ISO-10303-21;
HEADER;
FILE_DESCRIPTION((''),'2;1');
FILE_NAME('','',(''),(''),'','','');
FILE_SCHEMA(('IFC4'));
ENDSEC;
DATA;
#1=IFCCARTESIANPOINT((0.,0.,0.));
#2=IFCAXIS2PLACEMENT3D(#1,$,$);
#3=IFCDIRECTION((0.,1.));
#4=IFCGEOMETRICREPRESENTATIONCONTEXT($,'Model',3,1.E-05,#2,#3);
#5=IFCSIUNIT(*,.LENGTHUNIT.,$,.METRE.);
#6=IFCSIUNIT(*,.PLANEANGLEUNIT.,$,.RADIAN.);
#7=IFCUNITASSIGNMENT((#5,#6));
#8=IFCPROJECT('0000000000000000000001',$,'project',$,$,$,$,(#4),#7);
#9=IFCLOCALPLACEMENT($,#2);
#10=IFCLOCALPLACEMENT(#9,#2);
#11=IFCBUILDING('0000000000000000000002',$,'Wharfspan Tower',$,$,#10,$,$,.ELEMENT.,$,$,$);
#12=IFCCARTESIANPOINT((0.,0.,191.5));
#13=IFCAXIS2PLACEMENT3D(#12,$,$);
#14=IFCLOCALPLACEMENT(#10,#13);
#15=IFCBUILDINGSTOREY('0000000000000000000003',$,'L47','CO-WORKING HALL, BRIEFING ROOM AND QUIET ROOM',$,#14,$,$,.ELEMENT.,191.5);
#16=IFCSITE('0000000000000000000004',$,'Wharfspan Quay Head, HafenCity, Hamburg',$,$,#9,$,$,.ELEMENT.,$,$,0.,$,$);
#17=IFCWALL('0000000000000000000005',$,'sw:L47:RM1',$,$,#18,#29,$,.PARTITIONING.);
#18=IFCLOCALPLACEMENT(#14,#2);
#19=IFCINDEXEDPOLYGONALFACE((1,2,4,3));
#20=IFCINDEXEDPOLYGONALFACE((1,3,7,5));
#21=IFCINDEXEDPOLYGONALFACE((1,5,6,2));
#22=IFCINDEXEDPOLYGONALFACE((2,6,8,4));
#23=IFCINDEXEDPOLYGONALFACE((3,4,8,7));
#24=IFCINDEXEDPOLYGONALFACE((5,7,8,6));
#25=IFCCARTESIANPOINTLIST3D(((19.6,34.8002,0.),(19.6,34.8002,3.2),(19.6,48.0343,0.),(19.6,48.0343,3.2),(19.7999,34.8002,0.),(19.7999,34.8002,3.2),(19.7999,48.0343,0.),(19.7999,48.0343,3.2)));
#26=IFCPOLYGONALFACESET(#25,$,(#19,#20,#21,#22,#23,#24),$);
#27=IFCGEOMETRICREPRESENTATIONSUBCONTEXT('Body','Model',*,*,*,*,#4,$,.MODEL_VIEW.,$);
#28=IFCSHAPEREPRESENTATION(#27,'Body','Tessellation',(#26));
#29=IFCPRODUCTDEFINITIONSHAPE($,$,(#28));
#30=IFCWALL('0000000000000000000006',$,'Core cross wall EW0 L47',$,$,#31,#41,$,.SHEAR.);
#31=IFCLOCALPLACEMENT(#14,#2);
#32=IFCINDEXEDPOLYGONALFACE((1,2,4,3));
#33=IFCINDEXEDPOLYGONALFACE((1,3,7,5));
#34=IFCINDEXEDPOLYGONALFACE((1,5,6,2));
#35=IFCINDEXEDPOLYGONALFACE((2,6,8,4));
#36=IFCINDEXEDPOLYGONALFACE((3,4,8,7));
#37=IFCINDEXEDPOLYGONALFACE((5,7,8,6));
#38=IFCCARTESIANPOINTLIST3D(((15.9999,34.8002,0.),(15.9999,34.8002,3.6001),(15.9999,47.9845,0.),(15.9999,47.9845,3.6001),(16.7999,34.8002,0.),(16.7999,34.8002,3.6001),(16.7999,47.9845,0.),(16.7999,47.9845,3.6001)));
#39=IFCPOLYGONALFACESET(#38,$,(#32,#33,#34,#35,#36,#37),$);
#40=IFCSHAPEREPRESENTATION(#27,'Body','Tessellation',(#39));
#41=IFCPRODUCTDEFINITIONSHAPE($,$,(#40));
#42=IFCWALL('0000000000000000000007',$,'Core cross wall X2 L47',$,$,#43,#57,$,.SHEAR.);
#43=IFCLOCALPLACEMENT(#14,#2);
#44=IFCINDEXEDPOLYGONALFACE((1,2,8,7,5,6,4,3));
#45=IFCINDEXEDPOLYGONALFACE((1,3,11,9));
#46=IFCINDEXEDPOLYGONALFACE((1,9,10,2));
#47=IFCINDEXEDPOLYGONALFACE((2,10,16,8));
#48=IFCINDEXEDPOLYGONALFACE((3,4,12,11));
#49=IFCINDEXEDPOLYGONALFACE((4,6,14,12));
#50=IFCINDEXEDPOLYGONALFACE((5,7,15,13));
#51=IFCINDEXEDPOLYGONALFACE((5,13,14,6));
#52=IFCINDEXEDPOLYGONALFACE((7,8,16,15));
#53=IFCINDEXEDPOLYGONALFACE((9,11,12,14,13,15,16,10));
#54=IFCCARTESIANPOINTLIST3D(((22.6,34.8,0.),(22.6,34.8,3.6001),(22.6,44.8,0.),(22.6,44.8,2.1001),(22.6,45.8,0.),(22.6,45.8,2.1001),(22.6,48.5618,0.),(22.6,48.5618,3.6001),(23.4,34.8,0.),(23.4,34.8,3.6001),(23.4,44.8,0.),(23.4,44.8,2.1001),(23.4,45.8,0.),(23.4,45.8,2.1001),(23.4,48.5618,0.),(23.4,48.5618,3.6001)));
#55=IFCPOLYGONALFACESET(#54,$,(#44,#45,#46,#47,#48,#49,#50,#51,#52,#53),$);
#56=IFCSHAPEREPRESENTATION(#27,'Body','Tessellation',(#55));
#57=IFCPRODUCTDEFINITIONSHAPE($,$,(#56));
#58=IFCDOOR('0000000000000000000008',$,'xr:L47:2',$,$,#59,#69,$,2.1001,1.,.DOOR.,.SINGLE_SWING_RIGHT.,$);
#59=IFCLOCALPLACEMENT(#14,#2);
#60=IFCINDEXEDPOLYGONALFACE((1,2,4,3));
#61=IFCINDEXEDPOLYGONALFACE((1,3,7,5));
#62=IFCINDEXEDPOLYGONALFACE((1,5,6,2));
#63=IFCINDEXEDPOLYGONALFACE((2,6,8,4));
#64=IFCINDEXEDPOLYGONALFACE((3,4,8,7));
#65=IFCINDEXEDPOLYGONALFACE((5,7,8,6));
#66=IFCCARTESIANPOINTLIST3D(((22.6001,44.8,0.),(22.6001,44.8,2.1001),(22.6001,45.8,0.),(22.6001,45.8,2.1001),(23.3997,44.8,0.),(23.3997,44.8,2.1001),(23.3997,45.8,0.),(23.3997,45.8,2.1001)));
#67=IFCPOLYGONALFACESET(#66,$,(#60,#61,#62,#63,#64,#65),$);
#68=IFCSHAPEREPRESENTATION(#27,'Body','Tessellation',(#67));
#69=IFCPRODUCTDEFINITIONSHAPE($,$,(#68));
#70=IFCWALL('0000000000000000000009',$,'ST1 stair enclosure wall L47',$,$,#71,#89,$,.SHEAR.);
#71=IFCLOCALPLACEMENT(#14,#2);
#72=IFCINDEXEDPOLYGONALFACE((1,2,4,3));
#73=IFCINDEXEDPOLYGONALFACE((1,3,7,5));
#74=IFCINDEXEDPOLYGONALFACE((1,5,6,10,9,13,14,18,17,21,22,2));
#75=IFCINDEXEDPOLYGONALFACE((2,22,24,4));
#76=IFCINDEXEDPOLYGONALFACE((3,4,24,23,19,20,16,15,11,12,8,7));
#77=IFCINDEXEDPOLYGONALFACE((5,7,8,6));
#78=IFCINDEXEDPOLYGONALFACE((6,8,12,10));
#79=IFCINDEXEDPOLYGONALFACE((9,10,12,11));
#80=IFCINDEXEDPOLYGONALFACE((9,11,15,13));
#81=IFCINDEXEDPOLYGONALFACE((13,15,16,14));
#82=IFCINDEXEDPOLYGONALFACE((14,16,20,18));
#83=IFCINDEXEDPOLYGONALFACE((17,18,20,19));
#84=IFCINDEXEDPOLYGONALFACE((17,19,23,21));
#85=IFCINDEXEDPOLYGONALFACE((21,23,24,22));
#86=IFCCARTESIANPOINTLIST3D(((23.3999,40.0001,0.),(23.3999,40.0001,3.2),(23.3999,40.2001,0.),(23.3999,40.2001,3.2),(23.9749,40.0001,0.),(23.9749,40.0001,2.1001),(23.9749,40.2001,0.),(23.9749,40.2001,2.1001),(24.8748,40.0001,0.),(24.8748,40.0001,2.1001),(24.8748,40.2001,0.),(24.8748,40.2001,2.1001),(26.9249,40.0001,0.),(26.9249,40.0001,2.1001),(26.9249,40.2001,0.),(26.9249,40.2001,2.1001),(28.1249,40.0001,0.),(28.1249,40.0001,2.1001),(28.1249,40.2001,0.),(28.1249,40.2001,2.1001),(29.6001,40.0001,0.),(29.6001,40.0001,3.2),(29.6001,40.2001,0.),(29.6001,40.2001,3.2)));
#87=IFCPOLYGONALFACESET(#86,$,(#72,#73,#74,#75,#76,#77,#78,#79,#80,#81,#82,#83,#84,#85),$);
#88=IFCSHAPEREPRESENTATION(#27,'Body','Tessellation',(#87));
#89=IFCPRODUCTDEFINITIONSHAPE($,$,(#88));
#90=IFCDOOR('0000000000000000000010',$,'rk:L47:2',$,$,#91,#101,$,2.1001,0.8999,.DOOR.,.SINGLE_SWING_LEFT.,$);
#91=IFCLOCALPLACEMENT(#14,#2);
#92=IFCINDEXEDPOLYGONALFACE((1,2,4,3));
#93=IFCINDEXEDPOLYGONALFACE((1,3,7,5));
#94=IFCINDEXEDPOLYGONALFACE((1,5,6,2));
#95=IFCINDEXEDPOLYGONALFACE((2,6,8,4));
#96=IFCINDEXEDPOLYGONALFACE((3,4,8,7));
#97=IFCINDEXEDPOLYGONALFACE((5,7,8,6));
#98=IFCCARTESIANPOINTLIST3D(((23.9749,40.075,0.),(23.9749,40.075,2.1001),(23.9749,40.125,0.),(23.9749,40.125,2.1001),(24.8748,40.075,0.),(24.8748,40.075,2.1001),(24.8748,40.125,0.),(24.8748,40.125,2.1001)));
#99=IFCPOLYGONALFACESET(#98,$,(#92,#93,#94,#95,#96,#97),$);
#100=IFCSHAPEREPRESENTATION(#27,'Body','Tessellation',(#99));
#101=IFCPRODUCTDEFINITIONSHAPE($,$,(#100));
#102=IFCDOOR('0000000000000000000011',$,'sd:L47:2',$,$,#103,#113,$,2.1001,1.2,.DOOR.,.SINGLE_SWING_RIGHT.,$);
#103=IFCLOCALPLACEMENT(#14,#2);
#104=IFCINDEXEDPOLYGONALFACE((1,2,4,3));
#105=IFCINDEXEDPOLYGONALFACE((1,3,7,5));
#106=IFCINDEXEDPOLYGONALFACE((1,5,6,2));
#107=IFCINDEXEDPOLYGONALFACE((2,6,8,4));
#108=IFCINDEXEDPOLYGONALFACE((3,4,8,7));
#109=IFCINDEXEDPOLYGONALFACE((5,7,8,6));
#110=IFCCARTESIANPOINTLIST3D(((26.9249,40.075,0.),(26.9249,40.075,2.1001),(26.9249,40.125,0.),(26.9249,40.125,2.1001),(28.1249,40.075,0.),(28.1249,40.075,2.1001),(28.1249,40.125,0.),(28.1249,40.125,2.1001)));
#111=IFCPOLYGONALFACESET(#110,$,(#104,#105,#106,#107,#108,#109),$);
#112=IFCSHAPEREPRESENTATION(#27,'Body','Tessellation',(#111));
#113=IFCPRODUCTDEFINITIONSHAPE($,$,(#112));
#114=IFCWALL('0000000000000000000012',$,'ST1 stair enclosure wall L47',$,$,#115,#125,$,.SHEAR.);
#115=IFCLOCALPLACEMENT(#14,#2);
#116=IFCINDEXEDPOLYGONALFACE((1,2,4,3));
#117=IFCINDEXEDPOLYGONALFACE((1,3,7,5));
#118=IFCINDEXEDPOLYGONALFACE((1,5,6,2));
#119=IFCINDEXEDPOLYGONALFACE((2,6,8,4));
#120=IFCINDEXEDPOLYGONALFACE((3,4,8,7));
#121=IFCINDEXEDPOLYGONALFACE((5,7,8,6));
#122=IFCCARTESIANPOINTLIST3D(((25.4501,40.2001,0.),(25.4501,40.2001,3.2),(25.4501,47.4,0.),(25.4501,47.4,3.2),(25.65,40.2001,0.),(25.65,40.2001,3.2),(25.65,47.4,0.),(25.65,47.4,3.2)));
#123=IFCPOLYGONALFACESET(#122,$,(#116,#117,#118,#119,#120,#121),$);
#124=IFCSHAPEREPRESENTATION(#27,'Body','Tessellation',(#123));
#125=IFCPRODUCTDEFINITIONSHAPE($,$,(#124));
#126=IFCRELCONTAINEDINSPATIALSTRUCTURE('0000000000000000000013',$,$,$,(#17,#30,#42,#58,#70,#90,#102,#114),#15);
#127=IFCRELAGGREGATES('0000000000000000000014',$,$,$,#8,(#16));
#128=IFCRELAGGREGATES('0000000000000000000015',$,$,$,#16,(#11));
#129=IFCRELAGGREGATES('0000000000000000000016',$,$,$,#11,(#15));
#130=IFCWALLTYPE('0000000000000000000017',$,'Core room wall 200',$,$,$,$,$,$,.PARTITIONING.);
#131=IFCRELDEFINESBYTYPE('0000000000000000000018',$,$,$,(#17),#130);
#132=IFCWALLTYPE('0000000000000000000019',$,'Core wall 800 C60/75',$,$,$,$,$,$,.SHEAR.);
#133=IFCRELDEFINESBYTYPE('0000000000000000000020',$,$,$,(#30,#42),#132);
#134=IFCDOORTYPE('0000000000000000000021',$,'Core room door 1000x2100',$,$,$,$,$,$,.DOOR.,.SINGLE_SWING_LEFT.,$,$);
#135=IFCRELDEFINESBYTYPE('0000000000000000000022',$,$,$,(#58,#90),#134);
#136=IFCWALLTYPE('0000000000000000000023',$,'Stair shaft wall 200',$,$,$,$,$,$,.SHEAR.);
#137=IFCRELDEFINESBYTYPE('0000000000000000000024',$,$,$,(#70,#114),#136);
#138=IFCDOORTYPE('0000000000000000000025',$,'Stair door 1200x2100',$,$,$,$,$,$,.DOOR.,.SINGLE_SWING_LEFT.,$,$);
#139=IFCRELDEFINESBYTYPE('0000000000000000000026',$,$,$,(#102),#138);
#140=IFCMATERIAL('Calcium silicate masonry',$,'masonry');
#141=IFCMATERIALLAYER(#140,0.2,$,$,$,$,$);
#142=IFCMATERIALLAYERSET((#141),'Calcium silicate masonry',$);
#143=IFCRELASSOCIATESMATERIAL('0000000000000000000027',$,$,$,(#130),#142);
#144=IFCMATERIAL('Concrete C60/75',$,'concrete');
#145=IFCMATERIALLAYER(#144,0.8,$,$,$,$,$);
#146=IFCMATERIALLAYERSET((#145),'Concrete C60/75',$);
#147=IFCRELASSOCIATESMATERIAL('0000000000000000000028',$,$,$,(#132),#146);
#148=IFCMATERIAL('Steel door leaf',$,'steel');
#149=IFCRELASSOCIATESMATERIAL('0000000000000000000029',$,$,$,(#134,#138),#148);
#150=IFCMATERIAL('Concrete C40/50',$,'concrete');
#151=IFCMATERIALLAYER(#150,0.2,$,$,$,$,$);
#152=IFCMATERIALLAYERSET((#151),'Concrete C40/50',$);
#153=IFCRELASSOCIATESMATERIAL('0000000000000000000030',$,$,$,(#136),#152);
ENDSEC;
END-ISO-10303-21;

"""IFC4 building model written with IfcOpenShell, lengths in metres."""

from ifc_helpers import new_model, si_unit, direction, frame, frame_2d, origin, place, context, subcontext, project, spatial, rectangle, extrude, material, layer, layer_set, type_object, element, fill, save


model = new_model("IFC4")

# Units and contexts
model_context = context("Model", 3, precision=1e-05, world=origin(), true_north=direction((0.0, 1.0)))
body_context = subcontext(model_context, "Body", "Model", "MODEL_VIEW")
ifc_project = project(units=[si_unit("LENGTHUNIT", "METRE"), si_unit("PLANEANGLEUNIT", "RADIAN")], contexts=[model_context])

# Site, building, storey
site_placement = place(None, origin())
site = spatial("IfcSite", under=ifc_project, at=site_placement, Name="Wharfspan Quay Head, HafenCity, Hamburg", CompositionType="ELEMENT", RefElevation=0.0)
building_placement = place(site_placement, origin())
building = spatial("IfcBuilding", under=site, at=building_placement, Name="Wharfspan Tower", CompositionType="ELEMENT")
storey_placement = place(building_placement, frame((0.0, 0.0, 191.5)))
storey = spatial("IfcBuildingStorey", under=building, at=storey_placement, Name="L47", Description="CO-WORKING HALL, BRIEFING ROOM AND QUIET ROOM", CompositionType="ELEMENT", Elevation=191.5)

# Wall
ifc_material_1 = material(Name="Calcium silicate masonry", Category="masonry")
ifc_layer_1 = layer(ifc_material_1, 0.2)
ifc_layer_set_1 = layer_set([ifc_layer_1], Name="Calcium silicate masonry")
wall_type_1 = type_object("IfcWallType", Name="Core room wall 200", PredefinedType="PARTITIONING", material=ifc_layer_set_1)
wall_1_placement = place(storey_placement, frame((19.7, 34.8, 0.0), z_axis=(0.0, 0.0, 1.0), x_axis=(0.0, 1.0, 0.0)))
element("IfcWall", 1, at=wall_1_placement, inside=storey, type_object=wall_type_1, Name="sw:L47:RM1", PredefinedType="PARTITIONING", context=body_context, shape_type="SweptSolid", body=[
    extrude(rectangle(XDim=13.2341, YDim=0.2, at=frame_2d((6.6172, 0.0))), origin(), (0.0, 0.0, 1.0), 3.2),
])

# Shared definitions
ifc_material_2 = material(Name="Concrete C60/75", Category="concrete")
ifc_layer_2 = layer(ifc_material_2, 0.8)
ifc_layer_set_2 = layer_set([ifc_layer_2], Name="Concrete C60/75")
wall_type_2 = type_object("IfcWallType", Name="Core wall 800 C60/75", PredefinedType="SHEAR", material=ifc_layer_set_2)
ifc_material_3 = material(Name="Steel door leaf", Category="steel")
door_type_1 = type_object("IfcDoorType", Name="Core room door 1000x2100", OperationType="SINGLE_SWING_LEFT", PredefinedType="DOOR", material=ifc_material_3)
door_type_2 = type_object("IfcDoorType", Name="Stair door 1200x2100", OperationType="SINGLE_SWING_LEFT", PredefinedType="DOOR", material=ifc_material_3)

# Wall
wall_2_placement = place(storey_placement, frame((16.3999, 34.8, 0.0), z_axis=(0.0, 0.0, 1.0), x_axis=(0.0, 1.0, 0.0)))
element("IfcWall", 2, at=wall_2_placement, inside=storey, type_object=wall_type_2, Name="Core cross wall EW0 L47", PredefinedType="SHEAR", context=body_context, shape_type="SweptSolid", body=[
    extrude(rectangle(XDim=13.1843, YDim=0.8, at=frame_2d((6.5923, 0.0))), origin(), (0.0, 0.0, 1.0), 3.6001),
])

# Wall, opening, door
wall_3_placement = place(storey_placement, frame((23.0, 34.8, 0.0), z_axis=(0.0, 0.0, 1.0), x_axis=(0.0, 1.0, 0.0)))
wall_3 = element("IfcWall", 3, at=wall_3_placement, inside=storey, type_object=wall_type_2, Name="Core cross wall X2 L47", PredefinedType="SHEAR", context=body_context, shape_type="SweptSolid", body=[
    extrude(rectangle(XDim=13.7617, YDim=0.8, at=frame_2d((6.8809, 0.0))), origin(), (0.0, 0.0, 1.0), 3.6001),
])
opening_1_placement = place(wall_3_placement, frame((10.0, 0.0, 0.0)))
opening_1 = element("IfcOpeningElement", 4, at=opening_1_placement, cuts=wall_3, PredefinedType="OPENING", context=body_context, shape_type="SweptSolid", body=[
    extrude(rectangle(XDim=1.0, YDim=2.1001, at=frame_2d((0.5, 1.05))), frame((0.0, 0.4099, 0.0), z_axis=(0.0, -1.0, 0.0), x_axis=(1.0, 0.0, 0.0)), (0.0, 0.0, 1.0), 0.8201),
])
door_1_placement = place(opening_1_placement, origin())
door_1 = element("IfcDoor", 5, at=door_1_placement, inside=storey, type_object=door_type_1, Name="xr:L47:2", OperationType="SINGLE_SWING_RIGHT", OverallHeight=2.1001, OverallWidth=1.0, PredefinedType="DOOR", context=body_context, shape_type="SweptSolid", body=[
    extrude(rectangle(XDim=1.0, YDim=2.1001, at=frame_2d((0.5, 1.05))), frame((0.0, 0.3999, 0.0), z_axis=(0.0, -1.0, 0.0), x_axis=(1.0, 0.0, 0.0)), (0.0, 0.0, 1.0), 0.7996),
])
fill(opening_1, door_1)

# Wall, openings, doors
ifc_material_4 = material(Name="Concrete C40/50", Category="concrete")
ifc_layer_3 = layer(ifc_material_4, 0.2)
ifc_layer_set_3 = layer_set([ifc_layer_3], Name="Concrete C40/50")
wall_type_3 = type_object("IfcWallType", Name="Stair shaft wall 200", PredefinedType="SHEAR", material=ifc_layer_set_3)
wall_4_placement = place(storey_placement, frame((23.3999, 40.1001, 0.0), z_axis=(0.0, 0.0, 1.0), x_axis=(1.0, 0.0, 0.0)))
wall_4 = element("IfcWall", 6, at=wall_4_placement, inside=storey, type_object=wall_type_3, Name="ST1 stair enclosure wall L47", PredefinedType="SHEAR", context=body_context, shape_type="SweptSolid", body=[
    extrude(rectangle(XDim=6.2002, YDim=0.2, at=frame_2d((3.1001, 0.0))), origin(), (0.0, 0.0, 1.0), 3.2),
])
opening_2_placement = place(wall_4_placement, frame((3.5249, 0.0, 0.0)))
opening_2 = element("IfcOpeningElement", 7, at=opening_2_placement, cuts=wall_4, PredefinedType="OPENING", context=body_context, shape_type="SweptSolid", body=[
    extrude(rectangle(XDim=1.2, YDim=2.1001, at=frame_2d((0.6001, 1.05))), frame((0.0, 0.1099, 0.0), z_axis=(0.0, -1.0, 0.0), x_axis=(1.0, 0.0, 0.0)), (0.0, 0.0, 1.0), 0.22),
])
opening_3_placement = place(wall_4_placement, frame((0.575, 0.0, 0.0)))
opening_3 = element("IfcOpeningElement", 8, at=opening_3_placement, cuts=wall_4, PredefinedType="OPENING", context=body_context, shape_type="SweptSolid", body=[
    extrude(rectangle(XDim=0.8999, YDim=2.1001, at=frame_2d((0.45, 1.05))), frame((0.0, 0.1099, 0.0), z_axis=(0.0, -1.0, 0.0), x_axis=(1.0, 0.0, 0.0)), (0.0, 0.0, 1.0), 0.22),
])
door_2_placement = place(opening_3_placement, origin())
door_2 = element("IfcDoor", 9, at=door_2_placement, inside=storey, type_object=door_type_1, Name="rk:L47:2", OperationType="SINGLE_SWING_LEFT", OverallHeight=2.1001, OverallWidth=0.8999, PredefinedType="DOOR", context=body_context, shape_type="SweptSolid", body=[
    extrude(rectangle(XDim=0.8999, YDim=2.1001, at=frame_2d((0.45, 1.05))), frame((0.0, 0.0249, 0.0), z_axis=(0.0, -1.0, 0.0), x_axis=(1.0, 0.0, 0.0)), (0.0, 0.0, 1.0), 0.05),
])
fill(opening_3, door_2)
door_3_placement = place(opening_2_placement, origin())
door_3 = element("IfcDoor", 10, at=door_3_placement, inside=storey, type_object=door_type_2, Name="sd:L47:2", OperationType="SINGLE_SWING_RIGHT", OverallHeight=2.1001, OverallWidth=1.2, PredefinedType="DOOR", context=body_context, shape_type="SweptSolid", body=[
    extrude(rectangle(XDim=1.2, YDim=2.1001, at=frame_2d((0.6001, 1.05))), frame((0.0, 0.0249, 0.0), z_axis=(0.0, -1.0, 0.0), x_axis=(1.0, 0.0, 0.0)), (0.0, 0.0, 1.0), 0.05),
])
fill(opening_2, door_3)

# Wall
wall_5_placement = place(storey_placement, frame((25.55, 40.2, 0.0), z_axis=(0.0, 0.0, 1.0), x_axis=(0.0, 1.0, 0.0)))
element("IfcWall", 11, at=wall_5_placement, inside=storey, type_object=wall_type_3, Name="ST1 stair enclosure wall L47", PredefinedType="SHEAR", context=body_context, shape_type="SweptSolid", body=[
    extrude(rectangle(XDim=7.2, YDim=0.2, at=frame_2d((3.6001, 0.0))), origin(), (0.0, 0.0, 1.0), 3.2),
])

save(model, "model.ifc")
